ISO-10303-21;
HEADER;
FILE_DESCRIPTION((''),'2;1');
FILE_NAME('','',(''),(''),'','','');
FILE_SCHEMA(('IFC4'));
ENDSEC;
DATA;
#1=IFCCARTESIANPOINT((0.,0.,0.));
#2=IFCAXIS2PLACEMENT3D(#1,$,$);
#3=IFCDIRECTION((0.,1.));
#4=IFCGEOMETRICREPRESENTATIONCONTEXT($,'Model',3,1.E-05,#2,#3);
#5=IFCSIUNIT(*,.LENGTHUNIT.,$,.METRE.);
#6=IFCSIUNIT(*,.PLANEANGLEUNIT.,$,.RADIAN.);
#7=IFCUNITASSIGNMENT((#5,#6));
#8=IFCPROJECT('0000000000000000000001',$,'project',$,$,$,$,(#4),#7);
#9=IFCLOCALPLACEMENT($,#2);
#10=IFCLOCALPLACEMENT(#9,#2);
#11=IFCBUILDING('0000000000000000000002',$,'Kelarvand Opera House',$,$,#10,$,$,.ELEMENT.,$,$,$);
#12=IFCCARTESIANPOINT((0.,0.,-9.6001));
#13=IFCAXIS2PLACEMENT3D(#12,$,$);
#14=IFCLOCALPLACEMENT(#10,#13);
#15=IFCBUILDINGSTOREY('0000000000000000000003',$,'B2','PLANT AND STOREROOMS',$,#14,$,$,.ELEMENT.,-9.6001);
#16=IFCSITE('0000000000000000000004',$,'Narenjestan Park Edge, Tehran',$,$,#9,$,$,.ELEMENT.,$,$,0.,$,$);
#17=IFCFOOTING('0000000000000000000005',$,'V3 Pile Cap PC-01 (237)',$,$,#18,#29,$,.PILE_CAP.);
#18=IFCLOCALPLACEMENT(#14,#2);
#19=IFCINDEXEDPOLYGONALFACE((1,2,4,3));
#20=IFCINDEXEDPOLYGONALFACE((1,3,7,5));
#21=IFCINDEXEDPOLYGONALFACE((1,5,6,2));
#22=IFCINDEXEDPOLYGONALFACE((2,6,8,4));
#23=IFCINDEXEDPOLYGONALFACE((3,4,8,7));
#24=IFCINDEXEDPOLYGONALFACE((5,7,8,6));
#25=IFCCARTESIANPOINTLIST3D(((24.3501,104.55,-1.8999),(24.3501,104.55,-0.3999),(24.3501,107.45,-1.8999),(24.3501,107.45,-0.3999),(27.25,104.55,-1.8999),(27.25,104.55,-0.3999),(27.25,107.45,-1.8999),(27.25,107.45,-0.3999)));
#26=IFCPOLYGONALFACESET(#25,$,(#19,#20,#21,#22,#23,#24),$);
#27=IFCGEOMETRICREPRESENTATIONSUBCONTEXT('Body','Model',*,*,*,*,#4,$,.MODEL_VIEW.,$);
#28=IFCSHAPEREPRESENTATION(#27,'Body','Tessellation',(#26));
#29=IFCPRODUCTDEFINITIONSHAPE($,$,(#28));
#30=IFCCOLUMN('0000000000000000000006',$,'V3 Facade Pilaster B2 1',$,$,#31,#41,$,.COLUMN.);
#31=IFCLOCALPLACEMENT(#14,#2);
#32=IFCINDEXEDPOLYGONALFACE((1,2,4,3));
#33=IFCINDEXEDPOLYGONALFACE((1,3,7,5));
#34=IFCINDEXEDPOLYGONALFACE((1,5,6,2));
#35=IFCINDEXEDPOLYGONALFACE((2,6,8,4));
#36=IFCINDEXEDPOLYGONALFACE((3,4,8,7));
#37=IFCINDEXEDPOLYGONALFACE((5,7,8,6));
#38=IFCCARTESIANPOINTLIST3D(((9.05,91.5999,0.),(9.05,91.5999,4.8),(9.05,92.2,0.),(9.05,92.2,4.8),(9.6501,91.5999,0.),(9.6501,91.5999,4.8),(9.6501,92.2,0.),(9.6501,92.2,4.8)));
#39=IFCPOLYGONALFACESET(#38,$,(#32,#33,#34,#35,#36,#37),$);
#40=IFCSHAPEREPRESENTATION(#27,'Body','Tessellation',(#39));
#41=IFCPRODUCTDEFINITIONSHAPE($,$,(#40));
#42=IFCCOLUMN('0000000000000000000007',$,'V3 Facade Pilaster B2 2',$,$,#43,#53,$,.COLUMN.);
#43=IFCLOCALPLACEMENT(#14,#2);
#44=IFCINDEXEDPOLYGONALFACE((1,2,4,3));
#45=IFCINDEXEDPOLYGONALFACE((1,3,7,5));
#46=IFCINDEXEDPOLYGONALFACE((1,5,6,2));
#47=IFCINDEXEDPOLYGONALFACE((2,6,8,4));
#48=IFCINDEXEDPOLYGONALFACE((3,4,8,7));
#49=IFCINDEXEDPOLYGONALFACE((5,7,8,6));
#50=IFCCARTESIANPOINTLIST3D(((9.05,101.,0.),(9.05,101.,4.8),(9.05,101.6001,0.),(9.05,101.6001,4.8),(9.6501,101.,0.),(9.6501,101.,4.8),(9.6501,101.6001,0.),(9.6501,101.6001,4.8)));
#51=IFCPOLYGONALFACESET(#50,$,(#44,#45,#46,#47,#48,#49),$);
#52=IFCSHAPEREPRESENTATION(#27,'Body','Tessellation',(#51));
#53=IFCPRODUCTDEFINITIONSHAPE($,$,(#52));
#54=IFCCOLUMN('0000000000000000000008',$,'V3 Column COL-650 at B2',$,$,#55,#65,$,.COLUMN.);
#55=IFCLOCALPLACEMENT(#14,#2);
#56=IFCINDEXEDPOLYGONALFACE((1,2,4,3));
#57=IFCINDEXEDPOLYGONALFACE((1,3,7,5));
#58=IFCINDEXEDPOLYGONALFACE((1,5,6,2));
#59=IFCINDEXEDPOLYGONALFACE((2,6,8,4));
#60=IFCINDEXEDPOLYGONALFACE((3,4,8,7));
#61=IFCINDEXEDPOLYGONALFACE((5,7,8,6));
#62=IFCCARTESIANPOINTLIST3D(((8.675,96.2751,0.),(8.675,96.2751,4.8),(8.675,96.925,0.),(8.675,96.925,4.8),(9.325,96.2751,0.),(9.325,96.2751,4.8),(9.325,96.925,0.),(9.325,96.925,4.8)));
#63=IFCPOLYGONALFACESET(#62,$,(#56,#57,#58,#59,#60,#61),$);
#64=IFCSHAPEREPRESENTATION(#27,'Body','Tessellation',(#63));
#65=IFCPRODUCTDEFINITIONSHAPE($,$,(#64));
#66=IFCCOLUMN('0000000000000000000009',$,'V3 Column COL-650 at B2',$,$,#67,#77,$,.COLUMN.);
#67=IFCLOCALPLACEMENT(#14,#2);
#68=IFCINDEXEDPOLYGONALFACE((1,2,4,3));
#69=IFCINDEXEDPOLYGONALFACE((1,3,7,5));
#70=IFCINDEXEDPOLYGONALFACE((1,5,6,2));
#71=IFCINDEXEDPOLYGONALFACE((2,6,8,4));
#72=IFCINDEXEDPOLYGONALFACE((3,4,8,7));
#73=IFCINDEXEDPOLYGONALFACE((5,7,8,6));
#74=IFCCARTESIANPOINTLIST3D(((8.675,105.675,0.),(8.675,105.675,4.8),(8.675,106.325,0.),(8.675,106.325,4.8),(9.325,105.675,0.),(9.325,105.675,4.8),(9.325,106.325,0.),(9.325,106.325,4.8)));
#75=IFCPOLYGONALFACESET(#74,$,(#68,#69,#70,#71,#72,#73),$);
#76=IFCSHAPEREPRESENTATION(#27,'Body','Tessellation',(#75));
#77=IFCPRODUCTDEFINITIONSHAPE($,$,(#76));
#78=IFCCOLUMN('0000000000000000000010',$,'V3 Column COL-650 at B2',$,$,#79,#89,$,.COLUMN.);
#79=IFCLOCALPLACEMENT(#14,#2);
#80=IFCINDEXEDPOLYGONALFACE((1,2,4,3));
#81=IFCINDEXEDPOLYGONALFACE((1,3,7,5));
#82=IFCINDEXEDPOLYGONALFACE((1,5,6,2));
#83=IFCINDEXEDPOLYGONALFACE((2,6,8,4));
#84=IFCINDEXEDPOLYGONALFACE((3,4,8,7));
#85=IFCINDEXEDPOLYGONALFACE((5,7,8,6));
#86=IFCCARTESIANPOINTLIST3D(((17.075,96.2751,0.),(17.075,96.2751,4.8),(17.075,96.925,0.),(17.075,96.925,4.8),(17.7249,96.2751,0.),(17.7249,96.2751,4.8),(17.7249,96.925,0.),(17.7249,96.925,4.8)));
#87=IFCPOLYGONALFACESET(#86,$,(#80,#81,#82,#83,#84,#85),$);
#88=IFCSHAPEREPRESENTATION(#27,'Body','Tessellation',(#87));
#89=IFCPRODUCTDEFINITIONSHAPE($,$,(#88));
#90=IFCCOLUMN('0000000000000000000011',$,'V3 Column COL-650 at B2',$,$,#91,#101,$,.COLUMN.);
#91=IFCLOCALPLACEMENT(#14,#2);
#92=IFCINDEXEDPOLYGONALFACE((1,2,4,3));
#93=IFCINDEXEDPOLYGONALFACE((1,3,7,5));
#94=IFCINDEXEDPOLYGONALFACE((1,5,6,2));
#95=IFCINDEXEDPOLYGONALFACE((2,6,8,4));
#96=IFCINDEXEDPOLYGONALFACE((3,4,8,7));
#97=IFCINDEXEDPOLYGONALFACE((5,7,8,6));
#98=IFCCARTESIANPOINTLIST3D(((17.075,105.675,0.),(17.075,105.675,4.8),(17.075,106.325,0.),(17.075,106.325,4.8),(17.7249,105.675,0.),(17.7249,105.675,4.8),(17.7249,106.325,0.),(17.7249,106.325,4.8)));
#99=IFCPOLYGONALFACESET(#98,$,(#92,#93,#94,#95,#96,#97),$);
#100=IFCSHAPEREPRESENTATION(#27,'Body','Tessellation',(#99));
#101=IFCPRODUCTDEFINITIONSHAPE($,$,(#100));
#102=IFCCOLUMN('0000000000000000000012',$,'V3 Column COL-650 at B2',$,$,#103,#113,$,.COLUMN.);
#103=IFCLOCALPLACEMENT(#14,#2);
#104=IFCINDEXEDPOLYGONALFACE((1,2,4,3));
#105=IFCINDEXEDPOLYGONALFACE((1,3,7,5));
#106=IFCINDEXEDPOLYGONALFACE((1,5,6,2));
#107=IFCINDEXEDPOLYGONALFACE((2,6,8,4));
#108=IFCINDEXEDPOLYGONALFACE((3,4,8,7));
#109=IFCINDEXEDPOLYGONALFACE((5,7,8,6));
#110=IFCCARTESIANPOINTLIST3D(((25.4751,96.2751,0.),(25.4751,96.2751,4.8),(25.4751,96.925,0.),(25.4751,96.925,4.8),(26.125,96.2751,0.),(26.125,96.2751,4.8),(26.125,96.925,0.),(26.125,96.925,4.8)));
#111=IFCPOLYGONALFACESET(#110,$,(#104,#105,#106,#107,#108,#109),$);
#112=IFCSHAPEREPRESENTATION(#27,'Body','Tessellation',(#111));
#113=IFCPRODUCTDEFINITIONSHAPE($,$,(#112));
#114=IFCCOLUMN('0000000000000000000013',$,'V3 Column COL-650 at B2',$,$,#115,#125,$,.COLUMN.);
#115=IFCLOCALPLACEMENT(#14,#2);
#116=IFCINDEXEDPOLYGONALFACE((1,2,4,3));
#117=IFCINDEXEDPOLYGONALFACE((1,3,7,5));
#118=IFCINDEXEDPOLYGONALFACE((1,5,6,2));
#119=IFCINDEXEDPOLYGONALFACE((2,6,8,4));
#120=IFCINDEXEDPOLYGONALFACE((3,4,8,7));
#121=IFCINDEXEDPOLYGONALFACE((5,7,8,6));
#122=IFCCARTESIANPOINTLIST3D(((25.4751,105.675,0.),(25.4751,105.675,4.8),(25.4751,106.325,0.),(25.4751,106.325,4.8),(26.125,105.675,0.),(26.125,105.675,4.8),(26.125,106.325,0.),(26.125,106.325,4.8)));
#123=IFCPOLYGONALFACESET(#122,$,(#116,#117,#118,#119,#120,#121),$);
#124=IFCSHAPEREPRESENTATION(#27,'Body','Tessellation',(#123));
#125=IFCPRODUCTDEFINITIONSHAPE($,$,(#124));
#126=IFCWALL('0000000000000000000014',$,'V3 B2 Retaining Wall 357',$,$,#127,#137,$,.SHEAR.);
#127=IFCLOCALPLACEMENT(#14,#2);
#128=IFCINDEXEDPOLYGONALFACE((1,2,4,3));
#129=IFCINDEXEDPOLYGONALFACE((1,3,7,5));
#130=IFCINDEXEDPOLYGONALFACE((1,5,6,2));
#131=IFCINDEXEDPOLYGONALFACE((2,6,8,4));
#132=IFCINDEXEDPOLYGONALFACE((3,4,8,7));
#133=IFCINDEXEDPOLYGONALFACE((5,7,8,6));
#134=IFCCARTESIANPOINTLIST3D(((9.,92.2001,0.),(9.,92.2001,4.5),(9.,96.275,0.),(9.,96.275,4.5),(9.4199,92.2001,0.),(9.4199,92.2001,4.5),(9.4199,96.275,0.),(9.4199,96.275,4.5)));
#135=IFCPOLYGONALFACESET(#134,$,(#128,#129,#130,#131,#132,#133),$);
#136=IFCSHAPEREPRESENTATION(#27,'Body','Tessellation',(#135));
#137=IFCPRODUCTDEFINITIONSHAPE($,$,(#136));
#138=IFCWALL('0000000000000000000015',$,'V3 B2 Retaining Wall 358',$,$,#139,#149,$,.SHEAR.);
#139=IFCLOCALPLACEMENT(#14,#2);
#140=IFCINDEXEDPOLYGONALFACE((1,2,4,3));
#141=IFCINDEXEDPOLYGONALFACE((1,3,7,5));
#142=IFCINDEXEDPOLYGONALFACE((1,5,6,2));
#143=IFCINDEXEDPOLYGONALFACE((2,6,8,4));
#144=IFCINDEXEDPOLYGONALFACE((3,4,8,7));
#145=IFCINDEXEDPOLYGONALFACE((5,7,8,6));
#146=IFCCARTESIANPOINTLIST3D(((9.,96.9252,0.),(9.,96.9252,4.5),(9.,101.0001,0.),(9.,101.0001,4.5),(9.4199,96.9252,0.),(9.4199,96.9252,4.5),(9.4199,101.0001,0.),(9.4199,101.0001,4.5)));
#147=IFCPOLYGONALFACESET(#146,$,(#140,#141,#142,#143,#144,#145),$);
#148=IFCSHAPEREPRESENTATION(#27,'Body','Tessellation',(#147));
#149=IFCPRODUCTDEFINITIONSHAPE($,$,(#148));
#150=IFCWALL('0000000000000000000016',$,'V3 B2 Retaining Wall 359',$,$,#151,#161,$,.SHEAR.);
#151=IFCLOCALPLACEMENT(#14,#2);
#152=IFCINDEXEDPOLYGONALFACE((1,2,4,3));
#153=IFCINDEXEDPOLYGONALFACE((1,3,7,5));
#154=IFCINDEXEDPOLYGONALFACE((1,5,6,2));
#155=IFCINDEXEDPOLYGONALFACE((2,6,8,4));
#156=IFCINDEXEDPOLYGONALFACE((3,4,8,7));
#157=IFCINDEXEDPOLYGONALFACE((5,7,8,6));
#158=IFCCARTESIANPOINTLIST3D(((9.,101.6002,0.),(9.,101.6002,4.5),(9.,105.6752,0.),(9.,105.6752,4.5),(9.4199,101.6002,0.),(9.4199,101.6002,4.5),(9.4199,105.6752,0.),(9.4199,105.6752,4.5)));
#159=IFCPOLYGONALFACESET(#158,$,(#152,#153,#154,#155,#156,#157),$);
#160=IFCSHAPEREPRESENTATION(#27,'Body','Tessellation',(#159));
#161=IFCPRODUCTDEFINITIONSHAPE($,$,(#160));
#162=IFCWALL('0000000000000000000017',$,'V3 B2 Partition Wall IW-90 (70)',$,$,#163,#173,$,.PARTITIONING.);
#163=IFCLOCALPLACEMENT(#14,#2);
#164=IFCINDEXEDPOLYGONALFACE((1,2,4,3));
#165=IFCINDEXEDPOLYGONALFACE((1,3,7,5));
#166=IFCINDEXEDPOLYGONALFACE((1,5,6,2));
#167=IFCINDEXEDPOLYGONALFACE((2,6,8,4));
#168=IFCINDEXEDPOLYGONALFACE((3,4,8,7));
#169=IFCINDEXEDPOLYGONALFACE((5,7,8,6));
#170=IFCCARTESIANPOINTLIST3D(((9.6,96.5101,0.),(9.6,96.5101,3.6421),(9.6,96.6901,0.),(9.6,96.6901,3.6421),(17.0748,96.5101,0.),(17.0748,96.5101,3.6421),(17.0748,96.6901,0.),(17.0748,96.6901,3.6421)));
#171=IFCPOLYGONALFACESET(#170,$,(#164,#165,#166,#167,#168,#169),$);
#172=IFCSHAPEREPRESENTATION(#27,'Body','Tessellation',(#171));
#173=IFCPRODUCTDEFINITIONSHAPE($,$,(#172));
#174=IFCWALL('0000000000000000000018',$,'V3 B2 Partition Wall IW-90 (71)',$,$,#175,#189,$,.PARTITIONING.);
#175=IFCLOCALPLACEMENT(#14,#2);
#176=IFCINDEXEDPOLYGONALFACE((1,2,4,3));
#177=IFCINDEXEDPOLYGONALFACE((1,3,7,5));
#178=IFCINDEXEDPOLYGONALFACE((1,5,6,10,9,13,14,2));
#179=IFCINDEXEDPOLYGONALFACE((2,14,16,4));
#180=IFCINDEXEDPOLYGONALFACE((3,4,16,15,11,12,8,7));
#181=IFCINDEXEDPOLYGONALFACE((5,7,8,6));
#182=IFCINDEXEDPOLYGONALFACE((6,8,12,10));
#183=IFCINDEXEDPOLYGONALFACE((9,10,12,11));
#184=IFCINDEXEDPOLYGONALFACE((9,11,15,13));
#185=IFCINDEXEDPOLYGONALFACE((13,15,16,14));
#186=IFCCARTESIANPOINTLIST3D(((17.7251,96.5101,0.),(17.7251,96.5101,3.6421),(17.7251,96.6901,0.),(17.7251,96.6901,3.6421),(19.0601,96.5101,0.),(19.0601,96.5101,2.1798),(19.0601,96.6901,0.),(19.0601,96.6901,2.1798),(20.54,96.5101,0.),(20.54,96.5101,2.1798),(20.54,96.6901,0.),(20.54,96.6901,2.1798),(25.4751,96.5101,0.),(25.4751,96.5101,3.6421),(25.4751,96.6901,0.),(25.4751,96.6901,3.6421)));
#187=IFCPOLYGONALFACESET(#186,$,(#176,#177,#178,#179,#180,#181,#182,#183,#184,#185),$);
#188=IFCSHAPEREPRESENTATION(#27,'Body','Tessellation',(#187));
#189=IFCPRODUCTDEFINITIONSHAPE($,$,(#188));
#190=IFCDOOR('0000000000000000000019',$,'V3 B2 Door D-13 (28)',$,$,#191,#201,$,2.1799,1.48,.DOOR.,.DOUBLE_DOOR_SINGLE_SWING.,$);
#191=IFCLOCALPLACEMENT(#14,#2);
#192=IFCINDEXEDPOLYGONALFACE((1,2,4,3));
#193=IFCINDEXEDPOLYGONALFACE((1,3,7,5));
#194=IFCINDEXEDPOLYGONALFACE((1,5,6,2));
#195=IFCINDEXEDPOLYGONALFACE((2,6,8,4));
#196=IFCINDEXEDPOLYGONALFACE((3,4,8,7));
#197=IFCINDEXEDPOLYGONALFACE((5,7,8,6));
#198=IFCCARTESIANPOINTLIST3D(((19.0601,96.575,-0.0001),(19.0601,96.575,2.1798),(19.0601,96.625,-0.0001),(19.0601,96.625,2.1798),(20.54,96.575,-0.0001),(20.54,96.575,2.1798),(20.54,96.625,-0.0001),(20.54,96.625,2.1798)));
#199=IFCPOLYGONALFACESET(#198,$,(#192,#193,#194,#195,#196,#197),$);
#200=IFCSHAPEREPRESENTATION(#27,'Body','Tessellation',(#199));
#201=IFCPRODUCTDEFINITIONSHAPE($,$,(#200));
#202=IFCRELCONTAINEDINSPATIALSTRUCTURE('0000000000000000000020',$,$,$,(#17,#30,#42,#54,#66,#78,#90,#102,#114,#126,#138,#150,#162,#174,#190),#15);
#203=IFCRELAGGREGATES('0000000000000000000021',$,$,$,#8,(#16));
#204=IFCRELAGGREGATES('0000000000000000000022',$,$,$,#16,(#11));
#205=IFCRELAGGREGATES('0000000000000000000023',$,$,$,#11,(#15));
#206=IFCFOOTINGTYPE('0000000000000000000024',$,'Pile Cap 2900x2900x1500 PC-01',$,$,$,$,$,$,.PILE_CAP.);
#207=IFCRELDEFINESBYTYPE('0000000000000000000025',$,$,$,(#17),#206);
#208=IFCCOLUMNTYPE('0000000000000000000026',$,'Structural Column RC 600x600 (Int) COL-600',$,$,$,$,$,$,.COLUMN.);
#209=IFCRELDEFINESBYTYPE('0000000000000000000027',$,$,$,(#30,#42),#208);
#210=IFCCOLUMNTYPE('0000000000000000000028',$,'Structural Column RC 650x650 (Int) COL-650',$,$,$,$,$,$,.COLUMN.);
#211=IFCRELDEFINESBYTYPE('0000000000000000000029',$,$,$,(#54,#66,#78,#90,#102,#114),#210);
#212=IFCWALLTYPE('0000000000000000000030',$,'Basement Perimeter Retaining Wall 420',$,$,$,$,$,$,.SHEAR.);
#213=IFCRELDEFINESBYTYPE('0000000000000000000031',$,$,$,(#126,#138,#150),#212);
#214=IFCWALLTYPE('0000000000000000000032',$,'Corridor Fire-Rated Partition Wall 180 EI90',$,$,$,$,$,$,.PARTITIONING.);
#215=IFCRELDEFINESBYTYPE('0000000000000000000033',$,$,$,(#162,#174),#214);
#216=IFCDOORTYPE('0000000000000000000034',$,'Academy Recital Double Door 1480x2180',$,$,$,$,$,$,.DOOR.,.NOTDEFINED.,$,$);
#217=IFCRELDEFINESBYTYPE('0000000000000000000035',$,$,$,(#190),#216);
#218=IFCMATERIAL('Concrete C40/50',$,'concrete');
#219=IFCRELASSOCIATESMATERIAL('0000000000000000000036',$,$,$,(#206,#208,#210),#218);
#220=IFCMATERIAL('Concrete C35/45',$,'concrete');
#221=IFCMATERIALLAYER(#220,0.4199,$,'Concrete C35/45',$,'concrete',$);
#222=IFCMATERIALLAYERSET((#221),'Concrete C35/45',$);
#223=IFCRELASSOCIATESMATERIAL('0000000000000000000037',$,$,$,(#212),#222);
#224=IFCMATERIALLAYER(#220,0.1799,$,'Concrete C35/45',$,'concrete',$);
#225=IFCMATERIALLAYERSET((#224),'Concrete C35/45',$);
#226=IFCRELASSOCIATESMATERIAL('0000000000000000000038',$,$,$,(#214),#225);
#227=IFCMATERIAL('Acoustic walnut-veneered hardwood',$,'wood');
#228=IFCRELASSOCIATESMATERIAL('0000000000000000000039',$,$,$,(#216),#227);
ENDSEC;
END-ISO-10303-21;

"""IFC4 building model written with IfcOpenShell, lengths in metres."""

from ifc_helpers import new_model, si_unit, direction, frame, frame_2d, origin, origin_2d, place, context, subcontext, project, spatial, rectangle, extrude, material, layer, layer_set, material_profile, profile_set, type_object, element, fill, save


model = new_model("IFC4")

# Units and contexts
model_context = context("Model", 3, precision=1e-05, world=origin(), true_north=direction((0.0, 1.0)))
body_context = subcontext(model_context, "Body", "Model", "MODEL_VIEW")
ifc_project = project(units=[si_unit("LENGTHUNIT", "METRE"), si_unit("PLANEANGLEUNIT", "RADIAN")], contexts=[model_context])

# Site, building, storey
site_placement = place(None, origin())
site = spatial("IfcSite", under=ifc_project, at=site_placement, Name="Narenjestan Park Edge, Tehran", CompositionType="ELEMENT", RefElevation=0.0)
building_placement = place(site_placement, origin())
building = spatial("IfcBuilding", under=site, at=building_placement, Name="Kelarvand Opera House", CompositionType="ELEMENT")
storey_placement = place(building_placement, frame((0.0, 0.0, -9.6001)))
storey = spatial("IfcBuildingStorey", under=building, at=storey_placement, Name="B2", Description="PLANT AND STOREROOMS", CompositionType="ELEMENT", Elevation=-9.6001)

# Shared definitions
ifc_material_1 = material(Name="Concrete C40/50", Category="concrete")

# Footing
footing_type = type_object("IfcFootingType", Name="Pile Cap 2900x2900x1500 PC-01", PredefinedType="PILE_CAP", material=ifc_material_1)
for number, where, z_axis, x_axis, name in (
    (1, (25.8, 106.0, -1.8999), (0.0, 0.0, 1.0), (1.0, 0.0, 0.0), "V3 Pile Cap PC-01 (237)"),
):
    element("IfcFooting", number, at=place(storey_placement, frame(where, z_axis=z_axis, x_axis=x_axis)), inside=storey, type_object=footing_type, Name=name, PredefinedType="PILE_CAP", context=body_context, shape_type="SweptSolid", body=[
        extrude(rectangle(XDim=2.8999, YDim=2.8999, at=origin_2d()), origin(), (0.0, 0.0, 1.0), 1.5),
    ])

# Columns
ifc_material_profile_1 = material_profile(ifc_material_1, rectangle(XDim=0.6001, YDim=0.6001, at=origin_2d()), Name="RC 600x600", Category="concrete")
ifc_profile_set_1 = profile_set([ifc_material_profile_1], Name="Concrete C40/50")
column_type_1 = type_object("IfcColumnType", Name="Structural Column RC 600x600 (Int) COL-600", PredefinedType="COLUMN", material=ifc_profile_set_1)
for number, where, z_axis, x_axis, name in (
    (2, (9.3501, 91.8999, 0.0), (0.0, 0.0, 1.0), (1.0, 0.0, 0.0), "V3 Facade Pilaster B2 1"),
    (3, (9.3501, 101.3, 0.0), (0.0, 0.0, 1.0), (1.0, 0.0, 0.0), "V3 Facade Pilaster B2 2"),
):
    element("IfcColumn", number, at=place(storey_placement, frame(where, z_axis=z_axis, x_axis=x_axis)), inside=storey, type_object=column_type_1, Name=name, PredefinedType="COLUMN", context=body_context, shape_type="SweptSolid", body=[
        extrude(rectangle(XDim=0.6001, YDim=0.6001, at=origin_2d()), origin(), (0.0, 0.0, 1.0), 4.8),
    ])
ifc_material_profile_2 = material_profile(ifc_material_1, rectangle(XDim=0.6499, YDim=0.6499, at=origin_2d()), Name="RC 650x650", Category="concrete")
ifc_profile_set_2 = profile_set([ifc_material_profile_2], Name="Concrete C40/50")
column_type_2 = type_object("IfcColumnType", Name="Structural Column RC 650x650 (Int) COL-650", PredefinedType="COLUMN", material=ifc_profile_set_2)
for number, where, z_axis, x_axis, name in (
    (4, (9.0, 96.6001, 0.0), (0.0, 0.0, 1.0), (1.0, 0.0, 0.0), "V3 Column COL-650 at B2"),
    (5, (9.0, 106.0, 0.0), (0.0, 0.0, 1.0), (1.0, 0.0, 0.0), "V3 Column COL-650 at B2"),
    (6, (17.3999, 96.6001, 0.0), (0.0, 0.0, 1.0), (1.0, 0.0, 0.0), "V3 Column COL-650 at B2"),
    (7, (17.3999, 106.0, 0.0), (0.0, 0.0, 1.0), (1.0, 0.0, 0.0), "V3 Column COL-650 at B2"),
    (8, (25.8, 96.6001, 0.0), (0.0, 0.0, 1.0), (1.0, 0.0, 0.0), "V3 Column COL-650 at B2"),
    (9, (25.8, 106.0, 0.0), (0.0, 0.0, 1.0), (1.0, 0.0, 0.0), "V3 Column COL-650 at B2"),
):
    element("IfcColumn", number, at=place(storey_placement, frame(where, z_axis=z_axis, x_axis=x_axis)), inside=storey, type_object=column_type_2, Name=name, PredefinedType="COLUMN", context=body_context, shape_type="SweptSolid", body=[
        extrude(rectangle(XDim=0.6499, YDim=0.6499, at=origin_2d()), origin(), (0.0, 0.0, 1.0), 4.8),
    ])

# Walls
ifc_material_2 = material(Name="Concrete C35/45", Category="concrete")
ifc_layer_1 = layer(ifc_material_2, 0.4199, Name="Concrete C35/45", Category="concrete")
ifc_layer_set_1 = layer_set([ifc_layer_1], Name="Concrete C35/45")
wall_type_1 = type_object("IfcWallType", Name="Basement Perimeter Retaining Wall 420", PredefinedType="SHEAR", material=ifc_layer_set_1)
for number, where, z_axis, x_axis, name in (
    (10, (9.21, 92.2, 0.0), (0.0, 0.0, 1.0), (0.0, 1.0, 0.0), "V3 B2 Retaining Wall 357"),
    (11, (9.21, 96.925, 0.0), (0.0, 0.0, 1.0), (0.0, 1.0, 0.0), "V3 B2 Retaining Wall 358"),
    (12, (9.21, 101.6001, 0.0), (0.0, 0.0, 1.0), (0.0, 1.0, 0.0), "V3 B2 Retaining Wall 359"),
):
    element("IfcWall", number, at=place(storey_placement, frame(where, z_axis=z_axis, x_axis=x_axis)), inside=storey, type_object=wall_type_1, Name=name, PredefinedType="SHEAR", context=body_context, shape_type="SweptSolid", body=[
        extrude(rectangle(XDim=4.075, YDim=0.4199, at=frame_2d((2.0376, 0.0))), origin(), (0.0, 0.0, 1.0), 4.5),
    ])
ifc_layer_2 = layer(ifc_material_2, 0.1799, Name="Concrete C35/45", Category="concrete")
ifc_layer_set_2 = layer_set([ifc_layer_2], Name="Concrete C35/45")
wall_type_2 = type_object("IfcWallType", Name="Corridor Fire-Rated Partition Wall 180 EI90", PredefinedType="PARTITIONING", material=ifc_layer_set_2)
wall_1_placement = place(storey_placement, frame((9.6001, 96.6001, 0.0), z_axis=(0.0, 0.0, 1.0), x_axis=(1.0, 0.0, 0.0)))
element("IfcWall", 13, at=wall_1_placement, inside=storey, type_object=wall_type_2, Name="V3 B2 Partition Wall IW-90 (70)", PredefinedType="PARTITIONING", context=body_context, shape_type="SweptSolid", body=[
    extrude(rectangle(XDim=7.4749, YDim=0.1799, at=frame_2d((3.7373, 0.0))), origin(), (0.0, 0.0, 1.0), 3.6421),
])

# Wall, opening, door
wall_2_placement = place(storey_placement, frame((17.7251, 96.6001, 0.0), z_axis=(0.0, 0.0, 1.0), x_axis=(1.0, 0.0, 0.0)))
wall_2 = element("IfcWall", 14, at=wall_2_placement, inside=storey, type_object=wall_type_2, Name="V3 B2 Partition Wall IW-90 (71)", PredefinedType="PARTITIONING", context=body_context, shape_type="SweptSolid", body=[
    extrude(rectangle(XDim=7.75, YDim=0.1799, at=frame_2d((3.875, 0.0))), origin(), (0.0, 0.0, 1.0), 3.6421),
])
opening_placement = place(wall_2_placement, frame((1.335, 0.0, 0.0)))
opening = element("IfcOpeningElement", 15, at=opening_placement, cuts=wall_2, PredefinedType="OPENING", context=body_context, shape_type="SweptSolid", body=[
    extrude(rectangle(XDim=1.48, YDim=2.1799, at=frame_2d((0.74, 1.0898))), frame((0.0, 0.1001, 0.0), z_axis=(0.0, -1.0, 0.0), x_axis=(1.0, 0.0, 0.0)), (0.0, 0.0, 1.0), 0.2),
])
ifc_material_3 = material(Name="Acoustic walnut-veneered hardwood", Category="wood")
door_type = type_object("IfcDoorType", Name="Academy Recital Double Door 1480x2180", OperationType="NOTDEFINED", PredefinedType="DOOR", material=ifc_material_3)
door_placement = place(opening_placement, origin())
door = element("IfcDoor", 16, at=door_placement, inside=storey, type_object=door_type, Name="V3 B2 Door D-13 (28)", OperationType="DOUBLE_DOOR_SINGLE_SWING", OverallHeight=2.1799, OverallWidth=1.48, PredefinedType="DOOR", context=body_context, shape_type="SweptSolid", body=[
    extrude(rectangle(XDim=1.48, YDim=2.1799, at=frame_2d((0.74, 1.0898))), frame((0.0, 0.0249, 0.0), z_axis=(0.0, -1.0, 0.0), x_axis=(1.0, 0.0, 0.0)), (0.0, 0.0, 1.0), 0.05),
])
fill(opening, door)

save(model, "model.ifc")
